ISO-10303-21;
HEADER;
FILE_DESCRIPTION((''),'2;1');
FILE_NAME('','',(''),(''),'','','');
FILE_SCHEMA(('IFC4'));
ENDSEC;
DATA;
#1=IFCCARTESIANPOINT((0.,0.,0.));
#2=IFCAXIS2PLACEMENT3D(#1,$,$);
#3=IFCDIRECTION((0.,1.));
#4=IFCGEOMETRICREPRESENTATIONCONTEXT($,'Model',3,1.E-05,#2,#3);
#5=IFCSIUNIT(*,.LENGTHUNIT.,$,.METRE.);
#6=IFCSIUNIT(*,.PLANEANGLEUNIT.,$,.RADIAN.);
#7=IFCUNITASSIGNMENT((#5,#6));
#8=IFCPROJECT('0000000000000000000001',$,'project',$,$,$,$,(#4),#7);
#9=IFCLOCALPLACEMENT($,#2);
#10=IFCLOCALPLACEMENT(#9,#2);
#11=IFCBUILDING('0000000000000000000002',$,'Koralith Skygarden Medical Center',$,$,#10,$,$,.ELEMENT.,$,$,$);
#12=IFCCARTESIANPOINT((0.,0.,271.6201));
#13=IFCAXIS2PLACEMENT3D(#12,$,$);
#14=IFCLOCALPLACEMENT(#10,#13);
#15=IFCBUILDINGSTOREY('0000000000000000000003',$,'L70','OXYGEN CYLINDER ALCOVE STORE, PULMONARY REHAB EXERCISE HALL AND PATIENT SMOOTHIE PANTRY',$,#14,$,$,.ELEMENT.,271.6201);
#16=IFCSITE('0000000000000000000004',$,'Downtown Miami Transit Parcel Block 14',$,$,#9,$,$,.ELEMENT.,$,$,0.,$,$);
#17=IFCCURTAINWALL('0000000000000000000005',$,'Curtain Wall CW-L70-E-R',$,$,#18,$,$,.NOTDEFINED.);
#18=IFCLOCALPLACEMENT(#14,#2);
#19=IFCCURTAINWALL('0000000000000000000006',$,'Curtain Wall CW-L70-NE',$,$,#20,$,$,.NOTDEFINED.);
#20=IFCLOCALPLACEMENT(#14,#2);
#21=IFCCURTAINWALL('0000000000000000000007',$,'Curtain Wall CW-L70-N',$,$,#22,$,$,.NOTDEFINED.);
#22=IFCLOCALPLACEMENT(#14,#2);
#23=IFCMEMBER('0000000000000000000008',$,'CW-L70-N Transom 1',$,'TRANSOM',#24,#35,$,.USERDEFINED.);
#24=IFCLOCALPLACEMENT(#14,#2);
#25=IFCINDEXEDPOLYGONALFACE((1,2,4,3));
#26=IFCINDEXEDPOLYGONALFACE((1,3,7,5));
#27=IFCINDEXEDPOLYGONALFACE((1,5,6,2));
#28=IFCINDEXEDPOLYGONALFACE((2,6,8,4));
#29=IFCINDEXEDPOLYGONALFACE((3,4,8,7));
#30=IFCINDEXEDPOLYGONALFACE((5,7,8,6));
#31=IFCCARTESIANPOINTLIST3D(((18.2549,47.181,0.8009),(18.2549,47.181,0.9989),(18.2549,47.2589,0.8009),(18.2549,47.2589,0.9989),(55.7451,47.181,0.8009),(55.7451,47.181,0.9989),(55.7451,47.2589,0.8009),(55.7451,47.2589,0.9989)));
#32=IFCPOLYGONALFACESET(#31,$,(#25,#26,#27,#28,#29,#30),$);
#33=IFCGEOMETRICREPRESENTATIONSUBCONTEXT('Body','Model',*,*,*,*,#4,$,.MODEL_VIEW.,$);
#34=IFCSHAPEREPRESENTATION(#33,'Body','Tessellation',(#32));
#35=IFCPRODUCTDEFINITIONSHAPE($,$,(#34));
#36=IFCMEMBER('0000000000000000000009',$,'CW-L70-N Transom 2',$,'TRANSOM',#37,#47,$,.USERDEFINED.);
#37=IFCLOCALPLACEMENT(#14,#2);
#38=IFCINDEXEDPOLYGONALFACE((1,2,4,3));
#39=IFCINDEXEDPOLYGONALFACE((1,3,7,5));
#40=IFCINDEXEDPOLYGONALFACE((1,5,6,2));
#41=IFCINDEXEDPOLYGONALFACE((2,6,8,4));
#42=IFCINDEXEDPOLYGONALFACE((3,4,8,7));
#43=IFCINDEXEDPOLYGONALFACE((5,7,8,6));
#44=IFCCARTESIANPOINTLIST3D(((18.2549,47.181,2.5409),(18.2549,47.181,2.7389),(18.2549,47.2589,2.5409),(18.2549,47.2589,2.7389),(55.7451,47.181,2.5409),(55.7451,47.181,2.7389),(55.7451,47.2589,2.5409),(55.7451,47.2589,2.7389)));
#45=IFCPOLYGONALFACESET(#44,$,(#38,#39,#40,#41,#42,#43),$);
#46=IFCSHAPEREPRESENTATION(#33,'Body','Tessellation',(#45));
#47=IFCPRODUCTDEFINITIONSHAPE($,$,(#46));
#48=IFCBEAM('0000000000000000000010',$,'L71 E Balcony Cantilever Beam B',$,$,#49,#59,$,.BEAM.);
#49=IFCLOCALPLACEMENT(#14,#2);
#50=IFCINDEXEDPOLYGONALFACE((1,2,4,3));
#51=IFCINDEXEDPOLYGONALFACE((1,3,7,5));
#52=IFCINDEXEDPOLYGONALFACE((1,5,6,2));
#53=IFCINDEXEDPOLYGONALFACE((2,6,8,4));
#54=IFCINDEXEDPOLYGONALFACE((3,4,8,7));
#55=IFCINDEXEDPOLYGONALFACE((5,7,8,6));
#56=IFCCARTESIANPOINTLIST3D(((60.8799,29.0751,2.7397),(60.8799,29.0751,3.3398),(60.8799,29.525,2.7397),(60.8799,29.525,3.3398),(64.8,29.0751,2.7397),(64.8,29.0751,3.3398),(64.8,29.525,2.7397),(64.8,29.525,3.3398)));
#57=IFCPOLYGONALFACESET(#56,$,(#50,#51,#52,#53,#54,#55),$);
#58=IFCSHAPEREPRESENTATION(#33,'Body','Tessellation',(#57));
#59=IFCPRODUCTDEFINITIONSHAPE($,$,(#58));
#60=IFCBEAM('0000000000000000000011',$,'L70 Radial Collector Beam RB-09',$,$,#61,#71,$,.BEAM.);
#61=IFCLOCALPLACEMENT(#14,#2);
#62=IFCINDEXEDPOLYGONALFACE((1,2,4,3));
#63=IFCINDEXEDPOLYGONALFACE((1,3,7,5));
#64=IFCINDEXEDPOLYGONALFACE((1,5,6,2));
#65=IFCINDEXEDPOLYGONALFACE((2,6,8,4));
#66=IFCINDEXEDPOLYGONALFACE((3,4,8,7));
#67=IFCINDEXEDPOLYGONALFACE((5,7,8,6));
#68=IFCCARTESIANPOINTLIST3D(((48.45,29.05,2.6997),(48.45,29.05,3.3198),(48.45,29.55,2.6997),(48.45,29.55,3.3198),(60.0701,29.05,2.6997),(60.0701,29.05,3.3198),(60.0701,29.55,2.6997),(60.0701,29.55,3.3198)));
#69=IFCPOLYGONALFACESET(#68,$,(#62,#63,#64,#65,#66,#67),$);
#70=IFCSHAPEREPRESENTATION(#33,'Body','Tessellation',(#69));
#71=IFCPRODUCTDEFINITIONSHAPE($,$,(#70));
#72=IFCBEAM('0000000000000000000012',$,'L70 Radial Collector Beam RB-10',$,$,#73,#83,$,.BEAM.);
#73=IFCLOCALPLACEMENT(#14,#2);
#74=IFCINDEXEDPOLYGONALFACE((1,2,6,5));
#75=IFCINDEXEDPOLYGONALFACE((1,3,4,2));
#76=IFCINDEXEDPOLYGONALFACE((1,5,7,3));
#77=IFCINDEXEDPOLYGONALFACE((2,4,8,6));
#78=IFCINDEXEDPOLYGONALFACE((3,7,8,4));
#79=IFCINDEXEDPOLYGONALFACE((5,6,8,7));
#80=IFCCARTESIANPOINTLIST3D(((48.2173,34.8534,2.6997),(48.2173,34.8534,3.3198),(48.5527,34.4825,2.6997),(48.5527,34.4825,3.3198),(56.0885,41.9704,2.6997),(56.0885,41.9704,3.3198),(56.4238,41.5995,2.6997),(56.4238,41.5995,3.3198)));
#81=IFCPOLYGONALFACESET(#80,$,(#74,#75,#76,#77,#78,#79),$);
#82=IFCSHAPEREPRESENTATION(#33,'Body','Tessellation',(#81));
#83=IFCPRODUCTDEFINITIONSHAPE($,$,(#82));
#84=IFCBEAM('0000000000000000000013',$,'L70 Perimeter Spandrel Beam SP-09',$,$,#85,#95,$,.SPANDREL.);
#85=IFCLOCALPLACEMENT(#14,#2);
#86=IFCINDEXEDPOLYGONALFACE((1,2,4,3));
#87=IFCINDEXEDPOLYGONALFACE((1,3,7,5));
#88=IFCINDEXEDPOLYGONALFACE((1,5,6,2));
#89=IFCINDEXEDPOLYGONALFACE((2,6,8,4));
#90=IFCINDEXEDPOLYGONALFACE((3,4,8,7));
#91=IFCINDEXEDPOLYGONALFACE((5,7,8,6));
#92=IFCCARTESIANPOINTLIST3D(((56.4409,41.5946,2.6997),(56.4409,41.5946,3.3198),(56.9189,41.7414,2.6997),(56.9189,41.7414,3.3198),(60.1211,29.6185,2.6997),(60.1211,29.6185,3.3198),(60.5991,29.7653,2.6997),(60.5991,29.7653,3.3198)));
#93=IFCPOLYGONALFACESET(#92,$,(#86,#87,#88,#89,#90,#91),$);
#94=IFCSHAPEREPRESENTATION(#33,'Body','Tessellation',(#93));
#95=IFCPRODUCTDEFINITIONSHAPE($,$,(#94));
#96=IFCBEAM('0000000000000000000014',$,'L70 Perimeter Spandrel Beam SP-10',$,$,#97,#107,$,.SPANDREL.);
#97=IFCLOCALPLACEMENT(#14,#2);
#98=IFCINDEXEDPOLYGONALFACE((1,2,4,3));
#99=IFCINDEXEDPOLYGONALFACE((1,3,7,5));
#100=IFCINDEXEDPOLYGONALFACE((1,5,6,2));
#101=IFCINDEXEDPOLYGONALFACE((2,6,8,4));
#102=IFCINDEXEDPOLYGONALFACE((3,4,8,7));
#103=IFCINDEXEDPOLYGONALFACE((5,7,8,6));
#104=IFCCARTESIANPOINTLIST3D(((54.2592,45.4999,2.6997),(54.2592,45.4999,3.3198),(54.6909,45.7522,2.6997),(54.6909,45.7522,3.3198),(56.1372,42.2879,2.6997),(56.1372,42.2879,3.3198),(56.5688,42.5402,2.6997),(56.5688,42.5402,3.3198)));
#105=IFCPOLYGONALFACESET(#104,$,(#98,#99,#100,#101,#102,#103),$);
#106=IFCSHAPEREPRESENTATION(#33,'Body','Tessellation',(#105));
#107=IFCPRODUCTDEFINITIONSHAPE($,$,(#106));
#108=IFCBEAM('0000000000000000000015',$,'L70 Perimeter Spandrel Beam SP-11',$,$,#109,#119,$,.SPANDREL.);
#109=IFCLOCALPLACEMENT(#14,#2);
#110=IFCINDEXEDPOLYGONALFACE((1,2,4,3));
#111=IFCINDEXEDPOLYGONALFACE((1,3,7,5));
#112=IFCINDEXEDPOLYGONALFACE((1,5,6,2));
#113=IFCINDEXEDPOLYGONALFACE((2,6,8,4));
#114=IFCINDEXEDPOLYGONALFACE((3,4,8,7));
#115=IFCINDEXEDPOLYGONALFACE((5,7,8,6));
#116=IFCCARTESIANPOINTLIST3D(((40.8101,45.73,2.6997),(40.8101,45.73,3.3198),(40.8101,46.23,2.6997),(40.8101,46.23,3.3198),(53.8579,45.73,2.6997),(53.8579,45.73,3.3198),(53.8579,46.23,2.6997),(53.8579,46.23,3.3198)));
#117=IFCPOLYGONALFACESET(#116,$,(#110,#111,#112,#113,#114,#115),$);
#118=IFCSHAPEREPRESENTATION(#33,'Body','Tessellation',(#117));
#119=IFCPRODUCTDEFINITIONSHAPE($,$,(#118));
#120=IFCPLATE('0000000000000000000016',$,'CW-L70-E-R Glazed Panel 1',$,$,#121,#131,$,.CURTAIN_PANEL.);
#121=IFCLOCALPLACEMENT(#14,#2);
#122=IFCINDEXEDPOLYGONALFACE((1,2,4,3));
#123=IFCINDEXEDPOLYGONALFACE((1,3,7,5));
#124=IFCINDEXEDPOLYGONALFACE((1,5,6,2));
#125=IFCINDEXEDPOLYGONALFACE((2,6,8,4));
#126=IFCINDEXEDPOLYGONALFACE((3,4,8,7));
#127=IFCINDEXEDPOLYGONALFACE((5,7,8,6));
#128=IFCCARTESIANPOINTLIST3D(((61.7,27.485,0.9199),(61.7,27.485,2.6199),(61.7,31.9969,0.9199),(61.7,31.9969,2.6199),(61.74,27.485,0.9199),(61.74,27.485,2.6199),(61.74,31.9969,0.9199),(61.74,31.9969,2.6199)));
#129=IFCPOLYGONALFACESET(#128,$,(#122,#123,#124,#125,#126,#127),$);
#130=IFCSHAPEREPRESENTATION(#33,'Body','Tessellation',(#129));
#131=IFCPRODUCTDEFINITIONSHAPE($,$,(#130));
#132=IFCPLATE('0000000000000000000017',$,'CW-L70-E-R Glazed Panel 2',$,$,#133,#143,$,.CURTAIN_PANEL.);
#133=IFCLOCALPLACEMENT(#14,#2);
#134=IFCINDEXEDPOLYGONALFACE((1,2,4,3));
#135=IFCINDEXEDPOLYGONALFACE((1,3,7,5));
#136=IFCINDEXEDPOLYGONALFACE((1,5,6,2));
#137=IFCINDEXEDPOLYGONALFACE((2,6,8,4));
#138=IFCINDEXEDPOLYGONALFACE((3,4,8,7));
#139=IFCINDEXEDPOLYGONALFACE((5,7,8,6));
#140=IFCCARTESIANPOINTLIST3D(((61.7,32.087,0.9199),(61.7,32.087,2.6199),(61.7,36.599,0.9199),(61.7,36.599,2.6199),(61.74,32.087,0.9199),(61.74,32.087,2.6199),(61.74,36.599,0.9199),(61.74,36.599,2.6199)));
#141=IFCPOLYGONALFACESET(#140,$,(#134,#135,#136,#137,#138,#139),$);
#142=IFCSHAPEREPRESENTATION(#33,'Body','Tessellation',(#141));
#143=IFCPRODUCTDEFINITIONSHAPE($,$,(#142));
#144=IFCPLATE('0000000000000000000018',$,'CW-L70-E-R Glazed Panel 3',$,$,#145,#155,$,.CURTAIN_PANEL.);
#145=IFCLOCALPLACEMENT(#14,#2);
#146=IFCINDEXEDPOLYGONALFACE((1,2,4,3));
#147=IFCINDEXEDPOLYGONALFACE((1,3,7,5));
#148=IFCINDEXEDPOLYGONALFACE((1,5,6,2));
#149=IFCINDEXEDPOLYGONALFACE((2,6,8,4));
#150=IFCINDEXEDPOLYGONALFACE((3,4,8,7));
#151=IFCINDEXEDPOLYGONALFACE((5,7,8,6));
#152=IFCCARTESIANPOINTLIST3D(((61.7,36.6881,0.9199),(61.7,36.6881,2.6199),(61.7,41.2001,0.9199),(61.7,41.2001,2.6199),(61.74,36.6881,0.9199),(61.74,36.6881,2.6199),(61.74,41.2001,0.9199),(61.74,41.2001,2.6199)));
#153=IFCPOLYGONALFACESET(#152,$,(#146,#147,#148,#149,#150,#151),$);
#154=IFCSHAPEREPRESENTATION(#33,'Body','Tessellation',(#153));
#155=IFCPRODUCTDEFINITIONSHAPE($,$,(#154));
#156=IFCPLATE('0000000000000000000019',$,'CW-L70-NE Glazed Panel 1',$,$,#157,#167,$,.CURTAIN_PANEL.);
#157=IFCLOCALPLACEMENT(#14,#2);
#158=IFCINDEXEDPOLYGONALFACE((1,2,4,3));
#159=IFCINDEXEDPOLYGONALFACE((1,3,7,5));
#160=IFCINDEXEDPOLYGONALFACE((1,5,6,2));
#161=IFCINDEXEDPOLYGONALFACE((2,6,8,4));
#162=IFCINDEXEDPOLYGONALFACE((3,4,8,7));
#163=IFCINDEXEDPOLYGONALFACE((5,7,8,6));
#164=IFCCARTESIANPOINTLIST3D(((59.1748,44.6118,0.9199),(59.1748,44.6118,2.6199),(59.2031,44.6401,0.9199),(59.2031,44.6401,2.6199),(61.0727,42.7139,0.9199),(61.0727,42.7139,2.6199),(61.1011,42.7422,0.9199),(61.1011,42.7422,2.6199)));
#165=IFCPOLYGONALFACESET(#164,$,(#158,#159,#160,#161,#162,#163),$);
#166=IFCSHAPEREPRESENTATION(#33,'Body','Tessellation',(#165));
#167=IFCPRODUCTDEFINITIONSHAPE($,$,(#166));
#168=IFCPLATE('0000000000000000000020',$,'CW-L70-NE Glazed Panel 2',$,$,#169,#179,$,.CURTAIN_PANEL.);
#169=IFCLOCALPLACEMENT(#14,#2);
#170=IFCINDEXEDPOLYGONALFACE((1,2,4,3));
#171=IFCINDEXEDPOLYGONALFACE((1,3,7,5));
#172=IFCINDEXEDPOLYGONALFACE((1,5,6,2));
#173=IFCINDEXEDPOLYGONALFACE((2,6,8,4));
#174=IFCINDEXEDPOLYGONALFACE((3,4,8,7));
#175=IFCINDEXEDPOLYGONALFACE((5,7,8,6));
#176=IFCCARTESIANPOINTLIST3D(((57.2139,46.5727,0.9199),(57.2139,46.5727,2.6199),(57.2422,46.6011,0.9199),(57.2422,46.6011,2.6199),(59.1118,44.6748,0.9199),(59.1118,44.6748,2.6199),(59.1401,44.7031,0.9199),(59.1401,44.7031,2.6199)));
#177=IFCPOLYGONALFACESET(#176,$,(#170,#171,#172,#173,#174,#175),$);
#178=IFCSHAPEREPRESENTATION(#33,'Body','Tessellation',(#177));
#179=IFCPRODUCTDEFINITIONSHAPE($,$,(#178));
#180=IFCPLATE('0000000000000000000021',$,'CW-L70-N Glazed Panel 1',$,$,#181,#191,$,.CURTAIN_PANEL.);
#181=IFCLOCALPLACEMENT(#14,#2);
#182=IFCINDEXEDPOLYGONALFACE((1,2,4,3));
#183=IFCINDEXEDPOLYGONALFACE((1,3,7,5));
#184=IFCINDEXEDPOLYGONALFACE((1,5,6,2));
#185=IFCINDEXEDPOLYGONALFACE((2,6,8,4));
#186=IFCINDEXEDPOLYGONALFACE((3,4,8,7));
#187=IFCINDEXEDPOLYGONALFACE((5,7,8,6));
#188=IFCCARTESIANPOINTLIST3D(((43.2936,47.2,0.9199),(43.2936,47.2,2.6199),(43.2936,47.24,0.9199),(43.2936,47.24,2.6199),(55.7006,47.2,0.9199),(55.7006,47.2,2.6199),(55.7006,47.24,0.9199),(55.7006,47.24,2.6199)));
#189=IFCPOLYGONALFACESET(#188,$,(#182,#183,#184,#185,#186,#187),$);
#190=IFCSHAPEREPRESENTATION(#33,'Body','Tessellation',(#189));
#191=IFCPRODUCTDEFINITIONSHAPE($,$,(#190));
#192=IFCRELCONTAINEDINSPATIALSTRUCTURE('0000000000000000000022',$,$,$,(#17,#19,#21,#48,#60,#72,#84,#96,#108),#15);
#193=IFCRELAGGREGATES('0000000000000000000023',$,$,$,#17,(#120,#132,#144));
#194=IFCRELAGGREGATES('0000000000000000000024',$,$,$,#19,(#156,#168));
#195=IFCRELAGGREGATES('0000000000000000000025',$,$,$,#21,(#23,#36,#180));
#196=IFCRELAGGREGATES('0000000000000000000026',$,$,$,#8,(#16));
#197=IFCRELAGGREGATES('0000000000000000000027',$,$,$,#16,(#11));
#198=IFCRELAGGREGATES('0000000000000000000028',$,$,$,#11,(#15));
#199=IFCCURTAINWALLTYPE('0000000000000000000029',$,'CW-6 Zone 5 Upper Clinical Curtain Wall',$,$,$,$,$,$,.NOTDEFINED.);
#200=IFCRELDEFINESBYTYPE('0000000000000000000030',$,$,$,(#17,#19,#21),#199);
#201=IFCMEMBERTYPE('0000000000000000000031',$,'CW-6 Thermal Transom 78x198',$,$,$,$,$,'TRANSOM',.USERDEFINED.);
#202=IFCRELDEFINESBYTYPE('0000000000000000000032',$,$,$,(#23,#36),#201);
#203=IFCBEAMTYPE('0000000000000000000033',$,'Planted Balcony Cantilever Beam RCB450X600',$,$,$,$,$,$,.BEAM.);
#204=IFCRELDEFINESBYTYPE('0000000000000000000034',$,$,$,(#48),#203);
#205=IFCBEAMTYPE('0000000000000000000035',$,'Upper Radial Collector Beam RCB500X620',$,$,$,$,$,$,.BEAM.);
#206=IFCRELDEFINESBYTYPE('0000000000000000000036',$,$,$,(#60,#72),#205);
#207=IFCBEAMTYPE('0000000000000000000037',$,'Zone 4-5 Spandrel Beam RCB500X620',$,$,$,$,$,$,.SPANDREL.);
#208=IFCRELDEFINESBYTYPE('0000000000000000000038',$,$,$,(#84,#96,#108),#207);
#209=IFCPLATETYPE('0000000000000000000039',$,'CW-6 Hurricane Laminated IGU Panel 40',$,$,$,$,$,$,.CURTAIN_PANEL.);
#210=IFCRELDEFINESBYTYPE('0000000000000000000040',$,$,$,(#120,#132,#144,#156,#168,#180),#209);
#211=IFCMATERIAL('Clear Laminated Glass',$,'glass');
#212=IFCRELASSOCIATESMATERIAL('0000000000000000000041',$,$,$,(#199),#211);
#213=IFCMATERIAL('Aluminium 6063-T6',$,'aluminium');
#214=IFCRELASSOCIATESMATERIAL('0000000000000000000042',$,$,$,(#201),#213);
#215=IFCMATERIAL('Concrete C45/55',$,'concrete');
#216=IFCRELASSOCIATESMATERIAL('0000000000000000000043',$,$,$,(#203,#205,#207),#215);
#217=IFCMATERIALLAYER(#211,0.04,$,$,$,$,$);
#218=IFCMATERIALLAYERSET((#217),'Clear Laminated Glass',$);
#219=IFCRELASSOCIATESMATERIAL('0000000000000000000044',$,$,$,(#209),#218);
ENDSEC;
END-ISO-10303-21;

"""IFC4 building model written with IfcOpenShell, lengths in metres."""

from ifc_helpers import new_model, si_unit, direction, frame, origin, origin_2d, place, context, subcontext, project, spatial, rectangle, extrude, material, layer, layer_set, material_profile, profile_set, type_object, element, aggregate, save


model = new_model("IFC4")

# Units and contexts
model_context = context("Model", 3, precision=1e-05, world=origin(), true_north=direction((0.0, 1.0)))
body_context = subcontext(model_context, "Body", "Model", "MODEL_VIEW")
ifc_project = project(units=[si_unit("LENGTHUNIT", "METRE"), si_unit("PLANEANGLEUNIT", "RADIAN")], contexts=[model_context])

# Site, building, storey
site_placement = place(None, origin())
site = spatial("IfcSite", under=ifc_project, at=site_placement, Name="Downtown Miami Transit Parcel Block 14", CompositionType="ELEMENT", RefElevation=0.0)
building_placement = place(site_placement, origin())
building = spatial("IfcBuilding", under=site, at=building_placement, Name="Koralith Skygarden Medical Center", CompositionType="ELEMENT")
storey_placement = place(building_placement, frame((0.0, 0.0, 271.6201)))
storey = spatial("IfcBuildingStorey", under=building, at=storey_placement, Name="L70", Description="OXYGEN CYLINDER ALCOVE STORE, PULMONARY REHAB EXERCISE HALL AND PATIENT SMOOTHIE PANTRY", CompositionType="ELEMENT", Elevation=271.6201)

# Curtain walls
ifc_material_1 = material(Name="Clear Laminated Glass", Category="glass")
curtain_wall_type = type_object("IfcCurtainWallType", Name="CW-6 Zone 5 Upper Clinical Curtain Wall", PredefinedType="NOTDEFINED", material=ifc_material_1)
curtain_wall_1_placement = place(storey_placement, origin())
curtain_wall_1 = element("IfcCurtainWall", 1, at=curtain_wall_1_placement, inside=storey, type_object=curtain_wall_type, Name="Curtain Wall CW-L70-E-R", PredefinedType="NOTDEFINED")
ifc_material_2 = material(Name="Aluminium 6063-T6", Category="aluminium")
curtain_wall_2_placement = place(storey_placement, origin())
curtain_wall_2 = element("IfcCurtainWall", 2, at=curtain_wall_2_placement, inside=storey, type_object=curtain_wall_type, Name="Curtain Wall CW-L70-NE", PredefinedType="NOTDEFINED")

# Curtain wall
curtain_wall_3_placement = place(storey_placement, origin())
curtain_wall_3 = element("IfcCurtainWall", 3, at=curtain_wall_3_placement, inside=storey, type_object=curtain_wall_type, Name="Curtain Wall CW-L70-N", PredefinedType="NOTDEFINED")

# Members
ifc_material_profile_1 = material_profile(ifc_material_2, rectangle(XDim=0.0779, YDim=0.198, at=origin_2d()), Name="TRN78X198")
ifc_profile_set_1 = profile_set([ifc_material_profile_1], Name="Aluminium 6063-T6")
member_type_1 = type_object("IfcMemberType", Name="CW-6 Thermal Transom 78x198", ElementType="TRANSOM", PredefinedType="USERDEFINED", material=ifc_profile_set_1)
member_1_placement = place(storey_placement, frame((55.7451, 47.22, 0.8999), z_axis=(-1.0, 0.0, 0.0), x_axis=(0.0, -1.0, 0.0)))
member_1 = element("IfcMember", 4, at=member_1_placement, type_object=member_type_1, Name="CW-L70-N Transom 1", ObjectType="TRANSOM", PredefinedType="USERDEFINED", context=body_context, shape_type="SweptSolid", body=[
    extrude(rectangle(XDim=0.0779, YDim=0.198, at=origin_2d()), origin(), (0.0, 0.0, 1.0), 37.4902),
])
member_2_placement = place(storey_placement, frame((55.7451, 47.22, 2.6399), z_axis=(-1.0, 0.0, 0.0), x_axis=(0.0, -1.0, 0.0)))
member_2 = element("IfcMember", 5, at=member_2_placement, type_object=member_type_1, Name="CW-L70-N Transom 2", ObjectType="TRANSOM", PredefinedType="USERDEFINED", context=body_context, shape_type="SweptSolid", body=[
    extrude(rectangle(XDim=0.0779, YDim=0.198, at=origin_2d()), origin(), (0.0, 0.0, 1.0), 37.4902),
])

# Beams
ifc_material_3 = material(Name="Concrete C45/55", Category="concrete")
ifc_material_profile_2 = material_profile(ifc_material_3, rectangle(XDim=0.45, YDim=0.6001, at=origin_2d()), Name="RCB450X600")
ifc_profile_set_2 = profile_set([ifc_material_profile_2], Name="Concrete C45/55")
beam_type_1 = type_object("IfcBeamType", Name="Planted Balcony Cantilever Beam RCB450X600", PredefinedType="BEAM", material=ifc_profile_set_2)
beam_1_placement = place(storey_placement, frame((60.8799, 29.3, 3.0398), z_axis=(1.0, 0.0, 0.0), x_axis=(0.0, 1.0, 0.0)))
element("IfcBeam", 6, at=beam_1_placement, inside=storey, type_object=beam_type_1, Name="L71 E Balcony Cantilever Beam B", PredefinedType="BEAM", context=body_context, shape_type="SweptSolid", body=[
    extrude(rectangle(XDim=0.45, YDim=0.6001, at=origin_2d()), origin(), (0.0, 0.0, 1.0), 3.9202),
])
ifc_material_profile_3 = material_profile(ifc_material_3, rectangle(XDim=0.5, YDim=0.6201, at=origin_2d()), Name="RCB500X620")
ifc_profile_set_3 = profile_set([ifc_material_profile_3], Name="Concrete C45/55")
beam_type_2 = type_object("IfcBeamType", Name="Upper Radial Collector Beam RCB500X620", PredefinedType="BEAM", material=ifc_profile_set_3)
beam_2_placement = place(storey_placement, frame((48.45, 29.3, 3.0098), z_axis=(1.0, 0.0, 0.0), x_axis=(0.0, 1.0, 0.0)))
element("IfcBeam", 7, at=beam_2_placement, inside=storey, type_object=beam_type_2, Name="L70 Radial Collector Beam RB-09", PredefinedType="BEAM", context=body_context, shape_type="SweptSolid", body=[
    extrude(rectangle(XDim=0.5, YDim=0.6201, at=origin_2d()), origin(), (0.0, 0.0, 1.0), 11.6201),
])
beam_3_placement = place(storey_placement, frame((48.385, 34.668, 3.0098), z_axis=(0.741748, 0.670679, 0.0), x_axis=(-0.670679, 0.741748, 0.0)))
element("IfcBeam", 8, at=beam_3_placement, inside=storey, type_object=beam_type_2, Name="L70 Radial Collector Beam RB-10", PredefinedType="BEAM", context=body_context, shape_type="SweptSolid", body=[
    extrude(rectangle(XDim=0.5, YDim=0.6201, at=origin_2d()), origin(), (0.0, 0.0, 1.0), 10.6116),
])
ifc_material_profile_4 = material_profile(ifc_material_3, rectangle(XDim=0.5, YDim=0.6201, at=origin_2d()), Name="RCB500X620")
ifc_profile_set_4 = profile_set([ifc_material_profile_4], Name="Concrete C45/55")
beam_type_3 = type_object("IfcBeamType", Name="Zone 4-5 Spandrel Beam RCB500X620", PredefinedType="SPANDREL", material=ifc_profile_set_4)
beam_4_placement = place(storey_placement, frame((60.3601, 29.6919, 3.0098), z_axis=(-0.293738, 0.955886, 0.0), x_axis=(-0.955886, -0.293738, 0.0)))
element("IfcBeam", 9, at=beam_4_placement, inside=storey, type_object=beam_type_3, Name="L70 Perimeter Spandrel Beam SP-09", PredefinedType="SPANDREL", context=body_context, shape_type="SweptSolid", body=[
    extrude(rectangle(XDim=0.5, YDim=0.6201, at=origin_2d()), origin(), (0.0, 0.0, 1.0), 12.5288),
])
beam_5_placement = place(storey_placement, frame((56.353, 42.4141, 3.0098), z_axis=(-0.504736, 0.863274, 0.0), x_axis=(-0.863274, -0.504736, 0.0)))
element("IfcBeam", 10, at=beam_5_placement, inside=storey, type_object=beam_type_3, Name="L70 Perimeter Spandrel Beam SP-10", PredefinedType="SPANDREL", context=body_context, shape_type="SweptSolid", body=[
    extrude(rectangle(XDim=0.5, YDim=0.6201, at=origin_2d()), origin(), (0.0, 0.0, 1.0), 3.7207),
])
beam_6_placement = place(storey_placement, frame((53.8579, 45.98, 3.0098), z_axis=(-1.0, 0.0, 0.0), x_axis=(0.0, -1.0, 0.0)))
element("IfcBeam", 11, at=beam_6_placement, inside=storey, type_object=beam_type_3, Name="L70 Perimeter Spandrel Beam SP-11", PredefinedType="SPANDREL", context=body_context, shape_type="SweptSolid", body=[
    extrude(rectangle(XDim=0.5, YDim=0.6201, at=origin_2d()), origin(), (0.0, 0.0, 1.0), 13.0479),
])

# Plates
ifc_layer_1 = layer(ifc_material_1, 0.04)
ifc_layer_set_1 = layer_set([ifc_layer_1], Name="Clear Laminated Glass")
plate_type_1 = type_object("IfcPlateType", Name="CW-6 Hurricane Laminated IGU Panel 40", PredefinedType="CURTAIN_PANEL", material=ifc_layer_set_1)
plate_1_placement = place(storey_placement, frame((61.72, 29.741, 0.9199), z_axis=(0.0, 0.0, 1.0), x_axis=(0.0, 1.0, 0.0)))
plate_1 = element("IfcPlate", 12, at=plate_1_placement, type_object=plate_type_1, Name="CW-L70-E-R Glazed Panel 1", PredefinedType="CURTAIN_PANEL", context=body_context, shape_type="SweptSolid", body=[
    extrude(rectangle(XDim=4.512, YDim=0.04, at=origin_2d()), origin(), (0.0, 0.0, 1.0), 1.7),
])
plate_2_placement = place(storey_placement, frame((61.72, 34.343, 0.9199), z_axis=(0.0, 0.0, 1.0), x_axis=(0.0, 1.0, 0.0)))
plate_2 = element("IfcPlate", 13, at=plate_2_placement, type_object=plate_type_1, Name="CW-L70-E-R Glazed Panel 2", PredefinedType="CURTAIN_PANEL", context=body_context, shape_type="SweptSolid", body=[
    extrude(rectangle(XDim=4.512, YDim=0.04, at=origin_2d()), origin(), (0.0, 0.0, 1.0), 1.7),
])
plate_3_placement = place(storey_placement, frame((61.72, 38.9441, 0.9199), z_axis=(0.0, 0.0, 1.0), x_axis=(0.0, 1.0, 0.0)))
plate_3 = element("IfcPlate", 14, at=plate_3_placement, type_object=plate_type_1, Name="CW-L70-E-R Glazed Panel 3", PredefinedType="CURTAIN_PANEL", context=body_context, shape_type="SweptSolid", body=[
    extrude(rectangle(XDim=4.512, YDim=0.04, at=origin_2d()), origin(), (0.0, 0.0, 1.0), 1.7),
])
aggregate(curtain_wall_1, [plate_1, plate_2, plate_3])
plate_4_placement = place(storey_placement, frame((60.1379, 43.677, 0.9199), z_axis=(0.0, 0.0, 1.0), x_axis=(-0.707107, 0.707107, 0.0)))
plate_4 = element("IfcPlate", 15, at=plate_4_placement, type_object=plate_type_1, Name="CW-L70-NE Glazed Panel 1", PredefinedType="CURTAIN_PANEL", context=body_context, shape_type="SweptSolid", body=[
    extrude(rectangle(XDim=2.6841, YDim=0.04, at=origin_2d()), origin(), (0.0, 0.0, 1.0), 1.7),
])
plate_5_placement = place(storey_placement, frame((58.177, 45.6379, 0.9199), z_axis=(0.0, 0.0, 1.0), x_axis=(-0.707107, 0.707107, 0.0)))
plate_5 = element("IfcPlate", 16, at=plate_5_placement, type_object=plate_type_1, Name="CW-L70-NE Glazed Panel 2", PredefinedType="CURTAIN_PANEL", context=body_context, shape_type="SweptSolid", body=[
    extrude(rectangle(XDim=2.6841, YDim=0.04, at=origin_2d()), origin(), (0.0, 0.0, 1.0), 1.7),
])
aggregate(curtain_wall_2, [plate_4, plate_5])
plate_6_placement = place(storey_placement, frame((49.4971, 47.22, 0.9199), z_axis=(0.0, 0.0, 1.0), x_axis=(-1.0, 0.0, 0.0)))
plate_6 = element("IfcPlate", 17, at=plate_6_placement, type_object=plate_type_1, Name="CW-L70-N Glazed Panel 1", PredefinedType="CURTAIN_PANEL", context=body_context, shape_type="SweptSolid", body=[
    extrude(rectangle(XDim=12.407, YDim=0.04, at=origin_2d()), origin(), (0.0, 0.0, 1.0), 1.7),
])
aggregate(curtain_wall_3, [member_1, member_2, plate_6])

save(model, "model.ifc")
